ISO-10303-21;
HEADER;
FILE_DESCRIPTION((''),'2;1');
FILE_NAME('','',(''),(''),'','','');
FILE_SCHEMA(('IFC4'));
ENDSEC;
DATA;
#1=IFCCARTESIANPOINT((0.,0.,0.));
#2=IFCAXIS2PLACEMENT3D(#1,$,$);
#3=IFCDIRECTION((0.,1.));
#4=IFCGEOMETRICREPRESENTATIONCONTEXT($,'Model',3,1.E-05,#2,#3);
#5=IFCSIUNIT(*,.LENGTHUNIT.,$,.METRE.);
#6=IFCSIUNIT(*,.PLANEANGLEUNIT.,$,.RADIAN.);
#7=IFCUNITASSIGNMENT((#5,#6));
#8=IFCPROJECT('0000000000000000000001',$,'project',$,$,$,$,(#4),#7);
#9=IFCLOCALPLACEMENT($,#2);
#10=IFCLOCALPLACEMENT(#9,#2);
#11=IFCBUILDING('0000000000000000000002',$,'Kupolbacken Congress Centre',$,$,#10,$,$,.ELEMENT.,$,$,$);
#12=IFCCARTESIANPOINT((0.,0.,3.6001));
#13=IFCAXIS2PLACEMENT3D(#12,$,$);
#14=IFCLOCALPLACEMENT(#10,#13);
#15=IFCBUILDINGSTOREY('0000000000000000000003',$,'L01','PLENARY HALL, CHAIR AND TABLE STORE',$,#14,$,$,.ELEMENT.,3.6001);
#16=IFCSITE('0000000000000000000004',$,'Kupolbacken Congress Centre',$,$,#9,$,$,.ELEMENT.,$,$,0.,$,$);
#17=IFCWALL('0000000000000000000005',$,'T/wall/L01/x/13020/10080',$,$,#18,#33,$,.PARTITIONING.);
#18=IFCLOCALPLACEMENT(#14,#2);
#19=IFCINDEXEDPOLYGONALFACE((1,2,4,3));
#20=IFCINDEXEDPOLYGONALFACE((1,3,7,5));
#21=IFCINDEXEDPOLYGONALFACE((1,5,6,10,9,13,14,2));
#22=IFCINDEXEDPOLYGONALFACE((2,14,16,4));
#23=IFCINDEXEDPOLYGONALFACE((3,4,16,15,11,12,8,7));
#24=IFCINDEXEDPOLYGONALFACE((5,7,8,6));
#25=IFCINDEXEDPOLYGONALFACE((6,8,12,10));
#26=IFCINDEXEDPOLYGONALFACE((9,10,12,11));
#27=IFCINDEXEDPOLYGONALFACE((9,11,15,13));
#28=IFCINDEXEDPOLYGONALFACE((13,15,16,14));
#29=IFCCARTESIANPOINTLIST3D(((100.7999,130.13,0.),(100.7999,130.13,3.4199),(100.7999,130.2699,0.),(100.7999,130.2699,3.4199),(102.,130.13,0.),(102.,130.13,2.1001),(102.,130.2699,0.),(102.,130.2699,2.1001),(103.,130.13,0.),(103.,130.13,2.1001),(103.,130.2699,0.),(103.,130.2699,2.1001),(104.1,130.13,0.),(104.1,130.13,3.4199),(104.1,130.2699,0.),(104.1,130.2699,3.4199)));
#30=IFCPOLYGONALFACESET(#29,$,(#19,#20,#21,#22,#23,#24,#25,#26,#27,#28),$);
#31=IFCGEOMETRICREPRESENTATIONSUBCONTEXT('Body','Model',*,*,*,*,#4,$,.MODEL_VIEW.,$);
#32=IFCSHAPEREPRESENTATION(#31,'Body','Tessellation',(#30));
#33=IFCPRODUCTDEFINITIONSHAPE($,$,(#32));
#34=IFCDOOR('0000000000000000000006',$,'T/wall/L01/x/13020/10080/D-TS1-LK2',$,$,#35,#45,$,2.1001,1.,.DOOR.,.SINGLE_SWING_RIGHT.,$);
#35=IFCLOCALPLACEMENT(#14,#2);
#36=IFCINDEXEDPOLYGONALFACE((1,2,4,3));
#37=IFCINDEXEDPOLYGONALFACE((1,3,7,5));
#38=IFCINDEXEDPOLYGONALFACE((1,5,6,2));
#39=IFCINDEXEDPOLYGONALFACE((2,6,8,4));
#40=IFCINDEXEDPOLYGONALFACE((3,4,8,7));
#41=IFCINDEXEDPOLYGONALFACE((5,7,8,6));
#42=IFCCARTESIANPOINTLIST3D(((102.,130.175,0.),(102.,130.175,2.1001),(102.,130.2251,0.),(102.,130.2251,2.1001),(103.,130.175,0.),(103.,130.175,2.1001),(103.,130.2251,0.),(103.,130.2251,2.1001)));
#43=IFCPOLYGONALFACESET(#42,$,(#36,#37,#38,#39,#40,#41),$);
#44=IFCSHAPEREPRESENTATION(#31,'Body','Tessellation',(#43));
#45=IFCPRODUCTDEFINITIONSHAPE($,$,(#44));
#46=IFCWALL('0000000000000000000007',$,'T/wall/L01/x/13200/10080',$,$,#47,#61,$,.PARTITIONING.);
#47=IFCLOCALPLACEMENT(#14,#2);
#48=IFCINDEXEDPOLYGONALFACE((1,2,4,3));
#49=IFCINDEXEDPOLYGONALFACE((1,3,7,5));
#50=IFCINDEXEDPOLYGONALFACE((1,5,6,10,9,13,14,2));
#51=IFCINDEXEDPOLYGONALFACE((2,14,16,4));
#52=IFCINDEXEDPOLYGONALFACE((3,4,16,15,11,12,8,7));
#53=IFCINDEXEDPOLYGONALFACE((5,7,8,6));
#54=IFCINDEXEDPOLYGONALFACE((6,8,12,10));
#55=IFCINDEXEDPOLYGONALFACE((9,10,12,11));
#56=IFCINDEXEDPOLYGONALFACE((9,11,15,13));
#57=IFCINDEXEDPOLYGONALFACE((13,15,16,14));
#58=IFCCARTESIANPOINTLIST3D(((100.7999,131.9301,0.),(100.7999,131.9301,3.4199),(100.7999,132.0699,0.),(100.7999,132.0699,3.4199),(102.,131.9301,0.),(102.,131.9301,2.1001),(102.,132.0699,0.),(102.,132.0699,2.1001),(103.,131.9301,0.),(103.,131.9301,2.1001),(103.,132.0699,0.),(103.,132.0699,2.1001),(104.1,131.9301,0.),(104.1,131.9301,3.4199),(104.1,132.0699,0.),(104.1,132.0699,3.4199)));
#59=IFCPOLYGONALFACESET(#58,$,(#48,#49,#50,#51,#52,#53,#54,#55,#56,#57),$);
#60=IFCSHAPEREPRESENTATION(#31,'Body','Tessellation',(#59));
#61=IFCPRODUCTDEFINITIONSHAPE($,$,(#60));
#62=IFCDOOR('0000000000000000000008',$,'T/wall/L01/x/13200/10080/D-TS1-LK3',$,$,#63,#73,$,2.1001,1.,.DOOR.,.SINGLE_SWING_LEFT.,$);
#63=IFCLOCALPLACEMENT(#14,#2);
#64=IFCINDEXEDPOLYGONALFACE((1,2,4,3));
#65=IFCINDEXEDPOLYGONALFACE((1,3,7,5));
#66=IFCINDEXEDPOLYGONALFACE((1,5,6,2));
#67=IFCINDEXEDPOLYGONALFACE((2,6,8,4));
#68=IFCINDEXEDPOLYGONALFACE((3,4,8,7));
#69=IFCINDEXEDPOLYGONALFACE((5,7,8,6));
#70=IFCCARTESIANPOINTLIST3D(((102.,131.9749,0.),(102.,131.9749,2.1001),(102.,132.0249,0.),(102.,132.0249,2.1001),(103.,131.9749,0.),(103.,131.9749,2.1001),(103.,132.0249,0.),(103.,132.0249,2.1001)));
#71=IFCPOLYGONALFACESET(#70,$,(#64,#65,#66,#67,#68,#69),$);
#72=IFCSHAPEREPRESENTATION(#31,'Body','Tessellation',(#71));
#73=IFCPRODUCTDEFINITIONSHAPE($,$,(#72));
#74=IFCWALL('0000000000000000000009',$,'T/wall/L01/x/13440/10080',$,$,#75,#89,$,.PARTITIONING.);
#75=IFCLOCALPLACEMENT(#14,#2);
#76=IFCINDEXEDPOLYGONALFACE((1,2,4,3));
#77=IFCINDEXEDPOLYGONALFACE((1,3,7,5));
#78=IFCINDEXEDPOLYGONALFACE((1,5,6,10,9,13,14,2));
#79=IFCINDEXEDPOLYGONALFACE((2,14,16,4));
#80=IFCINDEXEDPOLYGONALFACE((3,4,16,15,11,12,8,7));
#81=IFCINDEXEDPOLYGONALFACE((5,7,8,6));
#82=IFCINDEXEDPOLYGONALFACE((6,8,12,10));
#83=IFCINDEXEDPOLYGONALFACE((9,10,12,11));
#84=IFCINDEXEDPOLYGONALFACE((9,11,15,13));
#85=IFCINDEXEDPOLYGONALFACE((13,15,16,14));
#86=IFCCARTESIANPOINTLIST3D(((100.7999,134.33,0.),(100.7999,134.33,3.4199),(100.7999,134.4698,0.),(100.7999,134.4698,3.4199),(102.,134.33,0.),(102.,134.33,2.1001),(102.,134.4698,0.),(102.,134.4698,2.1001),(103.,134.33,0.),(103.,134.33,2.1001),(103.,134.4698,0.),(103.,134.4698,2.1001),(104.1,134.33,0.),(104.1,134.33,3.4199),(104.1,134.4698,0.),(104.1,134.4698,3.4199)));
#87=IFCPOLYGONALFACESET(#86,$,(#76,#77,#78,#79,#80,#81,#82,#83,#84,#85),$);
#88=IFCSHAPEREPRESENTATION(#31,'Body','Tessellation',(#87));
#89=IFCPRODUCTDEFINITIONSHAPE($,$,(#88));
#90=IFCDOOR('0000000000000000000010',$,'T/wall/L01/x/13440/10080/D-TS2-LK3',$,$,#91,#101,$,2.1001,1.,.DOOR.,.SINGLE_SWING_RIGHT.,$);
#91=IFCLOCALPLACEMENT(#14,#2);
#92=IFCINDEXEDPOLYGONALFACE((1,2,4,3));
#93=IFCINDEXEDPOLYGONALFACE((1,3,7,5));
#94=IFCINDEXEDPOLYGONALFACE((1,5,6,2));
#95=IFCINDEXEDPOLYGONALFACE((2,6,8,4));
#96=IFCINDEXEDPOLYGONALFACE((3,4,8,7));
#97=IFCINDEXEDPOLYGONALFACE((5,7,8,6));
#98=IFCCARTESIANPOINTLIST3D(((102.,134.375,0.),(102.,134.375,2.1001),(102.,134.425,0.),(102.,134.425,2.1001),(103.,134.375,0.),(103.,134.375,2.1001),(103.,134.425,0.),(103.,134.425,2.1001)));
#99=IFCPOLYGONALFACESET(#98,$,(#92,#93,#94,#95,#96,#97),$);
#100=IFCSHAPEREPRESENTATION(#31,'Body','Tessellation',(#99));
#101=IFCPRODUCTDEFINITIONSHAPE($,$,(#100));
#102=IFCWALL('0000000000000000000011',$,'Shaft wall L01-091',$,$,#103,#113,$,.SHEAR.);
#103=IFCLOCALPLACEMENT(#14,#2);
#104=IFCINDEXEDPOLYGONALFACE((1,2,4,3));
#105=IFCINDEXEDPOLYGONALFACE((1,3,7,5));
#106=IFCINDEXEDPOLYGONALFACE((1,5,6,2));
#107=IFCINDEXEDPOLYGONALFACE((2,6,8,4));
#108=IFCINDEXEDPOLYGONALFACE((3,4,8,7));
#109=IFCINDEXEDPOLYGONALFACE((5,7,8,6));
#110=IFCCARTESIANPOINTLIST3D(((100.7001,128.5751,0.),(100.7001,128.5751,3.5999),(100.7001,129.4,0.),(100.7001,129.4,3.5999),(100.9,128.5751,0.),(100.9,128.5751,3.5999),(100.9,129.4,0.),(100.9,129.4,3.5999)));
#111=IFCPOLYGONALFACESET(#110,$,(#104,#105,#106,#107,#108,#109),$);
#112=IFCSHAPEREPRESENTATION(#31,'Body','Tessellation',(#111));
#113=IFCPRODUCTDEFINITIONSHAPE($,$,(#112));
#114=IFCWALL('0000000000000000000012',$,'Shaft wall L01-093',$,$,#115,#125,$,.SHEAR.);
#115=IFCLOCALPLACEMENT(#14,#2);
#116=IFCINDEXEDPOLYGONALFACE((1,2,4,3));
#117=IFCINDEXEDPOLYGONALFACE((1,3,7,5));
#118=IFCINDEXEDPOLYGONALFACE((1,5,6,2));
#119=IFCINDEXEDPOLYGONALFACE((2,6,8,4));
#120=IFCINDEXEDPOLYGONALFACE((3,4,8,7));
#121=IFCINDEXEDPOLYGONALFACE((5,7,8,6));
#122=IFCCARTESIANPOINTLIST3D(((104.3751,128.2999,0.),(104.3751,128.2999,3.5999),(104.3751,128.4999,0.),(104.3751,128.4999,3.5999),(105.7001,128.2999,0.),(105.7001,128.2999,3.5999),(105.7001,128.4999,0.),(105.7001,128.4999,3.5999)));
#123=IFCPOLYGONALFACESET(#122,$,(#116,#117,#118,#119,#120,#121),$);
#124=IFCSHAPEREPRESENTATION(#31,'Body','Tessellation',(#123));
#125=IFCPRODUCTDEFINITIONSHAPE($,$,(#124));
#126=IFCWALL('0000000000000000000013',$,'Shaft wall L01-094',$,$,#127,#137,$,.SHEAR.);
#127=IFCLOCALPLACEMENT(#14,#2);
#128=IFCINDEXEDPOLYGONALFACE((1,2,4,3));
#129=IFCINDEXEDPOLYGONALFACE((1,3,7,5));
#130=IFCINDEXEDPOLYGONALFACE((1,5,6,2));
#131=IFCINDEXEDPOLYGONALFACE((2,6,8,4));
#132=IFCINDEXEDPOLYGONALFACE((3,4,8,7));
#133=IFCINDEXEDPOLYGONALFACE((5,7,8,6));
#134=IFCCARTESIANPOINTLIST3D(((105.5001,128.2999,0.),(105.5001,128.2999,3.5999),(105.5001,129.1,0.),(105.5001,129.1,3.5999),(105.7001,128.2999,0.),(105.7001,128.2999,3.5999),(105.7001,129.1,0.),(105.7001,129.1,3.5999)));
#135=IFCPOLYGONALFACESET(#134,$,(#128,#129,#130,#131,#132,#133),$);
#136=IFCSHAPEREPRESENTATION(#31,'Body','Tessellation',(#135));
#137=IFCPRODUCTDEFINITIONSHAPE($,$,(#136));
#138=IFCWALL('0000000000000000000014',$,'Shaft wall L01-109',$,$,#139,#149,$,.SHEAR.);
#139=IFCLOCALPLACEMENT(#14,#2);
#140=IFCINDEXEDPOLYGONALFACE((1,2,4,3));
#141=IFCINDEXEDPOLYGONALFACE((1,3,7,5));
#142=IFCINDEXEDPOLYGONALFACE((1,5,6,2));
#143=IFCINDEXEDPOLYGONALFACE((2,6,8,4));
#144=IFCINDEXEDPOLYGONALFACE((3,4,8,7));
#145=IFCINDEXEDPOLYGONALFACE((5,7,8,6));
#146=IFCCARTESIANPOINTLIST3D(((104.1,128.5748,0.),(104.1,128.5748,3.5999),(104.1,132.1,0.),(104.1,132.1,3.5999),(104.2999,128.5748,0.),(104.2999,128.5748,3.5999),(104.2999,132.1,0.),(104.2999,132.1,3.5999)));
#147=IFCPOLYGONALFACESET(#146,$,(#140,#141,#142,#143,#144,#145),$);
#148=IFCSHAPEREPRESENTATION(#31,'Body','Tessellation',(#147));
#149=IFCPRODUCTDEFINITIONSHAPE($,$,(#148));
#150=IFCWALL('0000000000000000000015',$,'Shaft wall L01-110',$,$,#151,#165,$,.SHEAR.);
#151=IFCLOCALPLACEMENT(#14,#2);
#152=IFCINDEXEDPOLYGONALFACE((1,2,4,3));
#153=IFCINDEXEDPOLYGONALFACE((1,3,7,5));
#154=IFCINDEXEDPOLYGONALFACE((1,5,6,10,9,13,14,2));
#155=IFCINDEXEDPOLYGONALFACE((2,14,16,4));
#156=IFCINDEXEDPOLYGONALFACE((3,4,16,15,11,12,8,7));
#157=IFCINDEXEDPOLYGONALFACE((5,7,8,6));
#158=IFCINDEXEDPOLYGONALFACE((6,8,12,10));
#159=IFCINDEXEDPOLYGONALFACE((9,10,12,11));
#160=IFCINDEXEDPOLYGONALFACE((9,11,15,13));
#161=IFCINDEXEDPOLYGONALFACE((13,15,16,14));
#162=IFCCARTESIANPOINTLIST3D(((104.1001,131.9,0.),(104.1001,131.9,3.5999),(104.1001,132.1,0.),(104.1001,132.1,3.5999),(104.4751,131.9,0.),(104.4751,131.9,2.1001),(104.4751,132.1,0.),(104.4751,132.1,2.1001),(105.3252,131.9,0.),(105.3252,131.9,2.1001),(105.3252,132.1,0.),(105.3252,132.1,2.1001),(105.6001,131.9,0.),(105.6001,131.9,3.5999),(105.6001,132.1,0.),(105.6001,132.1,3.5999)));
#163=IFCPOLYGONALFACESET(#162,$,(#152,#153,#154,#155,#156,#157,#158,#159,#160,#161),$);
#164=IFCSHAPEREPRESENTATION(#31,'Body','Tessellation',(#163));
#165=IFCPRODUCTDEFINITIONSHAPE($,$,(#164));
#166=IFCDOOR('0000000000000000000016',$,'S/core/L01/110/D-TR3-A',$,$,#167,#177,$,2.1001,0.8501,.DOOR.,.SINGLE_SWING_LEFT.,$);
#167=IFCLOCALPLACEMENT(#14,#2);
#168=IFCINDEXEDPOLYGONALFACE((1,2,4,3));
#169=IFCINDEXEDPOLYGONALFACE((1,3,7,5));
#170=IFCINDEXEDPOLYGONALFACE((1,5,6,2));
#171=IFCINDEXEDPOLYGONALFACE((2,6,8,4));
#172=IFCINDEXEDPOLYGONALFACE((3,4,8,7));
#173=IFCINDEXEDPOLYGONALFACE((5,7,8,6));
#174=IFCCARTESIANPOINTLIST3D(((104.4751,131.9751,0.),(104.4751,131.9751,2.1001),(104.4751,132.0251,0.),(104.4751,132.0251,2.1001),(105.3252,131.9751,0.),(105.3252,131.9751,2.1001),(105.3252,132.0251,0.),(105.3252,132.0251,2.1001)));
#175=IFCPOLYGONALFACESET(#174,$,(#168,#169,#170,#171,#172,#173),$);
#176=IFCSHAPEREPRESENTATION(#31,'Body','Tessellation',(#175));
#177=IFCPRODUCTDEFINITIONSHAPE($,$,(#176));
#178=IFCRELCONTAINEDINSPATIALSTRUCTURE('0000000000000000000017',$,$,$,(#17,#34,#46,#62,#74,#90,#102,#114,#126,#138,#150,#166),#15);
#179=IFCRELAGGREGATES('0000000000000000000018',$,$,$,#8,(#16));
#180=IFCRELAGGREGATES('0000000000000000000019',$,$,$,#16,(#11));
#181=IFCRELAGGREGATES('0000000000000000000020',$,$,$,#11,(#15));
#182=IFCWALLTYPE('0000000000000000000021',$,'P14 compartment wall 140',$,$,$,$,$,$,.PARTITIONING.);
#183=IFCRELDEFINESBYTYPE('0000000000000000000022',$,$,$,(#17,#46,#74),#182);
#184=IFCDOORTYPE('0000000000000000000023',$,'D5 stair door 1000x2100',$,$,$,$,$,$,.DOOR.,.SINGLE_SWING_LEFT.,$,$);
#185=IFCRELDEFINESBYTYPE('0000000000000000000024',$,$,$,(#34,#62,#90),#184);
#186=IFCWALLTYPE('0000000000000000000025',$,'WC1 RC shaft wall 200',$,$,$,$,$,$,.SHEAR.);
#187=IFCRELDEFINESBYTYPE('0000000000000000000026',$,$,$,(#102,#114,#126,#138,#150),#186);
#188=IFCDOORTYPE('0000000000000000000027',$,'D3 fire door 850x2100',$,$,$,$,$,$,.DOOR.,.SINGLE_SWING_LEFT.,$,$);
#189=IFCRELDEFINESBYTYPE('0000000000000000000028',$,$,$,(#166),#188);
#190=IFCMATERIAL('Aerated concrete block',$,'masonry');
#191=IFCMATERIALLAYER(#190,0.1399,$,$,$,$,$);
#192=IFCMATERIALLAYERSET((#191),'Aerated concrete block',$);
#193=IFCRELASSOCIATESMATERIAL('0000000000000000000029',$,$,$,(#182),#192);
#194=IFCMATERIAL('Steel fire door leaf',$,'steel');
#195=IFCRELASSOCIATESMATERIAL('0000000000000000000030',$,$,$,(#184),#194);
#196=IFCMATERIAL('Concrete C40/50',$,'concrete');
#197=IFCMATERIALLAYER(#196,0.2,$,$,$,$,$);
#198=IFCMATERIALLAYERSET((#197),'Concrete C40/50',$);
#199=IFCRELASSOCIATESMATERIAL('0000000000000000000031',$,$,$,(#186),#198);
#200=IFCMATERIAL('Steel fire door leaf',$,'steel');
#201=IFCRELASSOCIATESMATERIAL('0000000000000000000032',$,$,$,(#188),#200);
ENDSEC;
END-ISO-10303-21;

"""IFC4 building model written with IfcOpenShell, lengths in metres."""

from ifc_helpers import new_model, si_unit, direction, frame, frame_2d, origin, place, context, subcontext, project, spatial, rectangle, extrude, material, layer, layer_set, type_object, element, fill, save


model = new_model("IFC4")

# Units and contexts
model_context = context("Model", 3, precision=1e-05, world=origin(), true_north=direction((0.0, 1.0)))
body_context = subcontext(model_context, "Body", "Model", "MODEL_VIEW")
ifc_project = project(units=[si_unit("LENGTHUNIT", "METRE"), si_unit("PLANEANGLEUNIT", "RADIAN")], contexts=[model_context])

# Site, building, storey
site_placement = place(None, origin())
site = spatial("IfcSite", under=ifc_project, at=site_placement, Name="Kupolbacken Congress Centre", CompositionType="ELEMENT", RefElevation=0.0)
building_placement = place(site_placement, origin())
building = spatial("IfcBuilding", under=site, at=building_placement, Name="Kupolbacken Congress Centre", CompositionType="ELEMENT")
storey_placement = place(building_placement, frame((0.0, 0.0, 3.6001)))
storey = spatial("IfcBuildingStorey", under=building, at=storey_placement, Name="L01", Description="PLENARY HALL, CHAIR AND TABLE STORE", CompositionType="ELEMENT", Elevation=3.6001)

# Walls, openings, doors
ifc_material_1 = material(Name="Aerated concrete block", Category="masonry")
ifc_layer_1 = layer(ifc_material_1, 0.1399)
ifc_layer_set_1 = layer_set([ifc_layer_1], Name="Aerated concrete block")
wall_type_1 = type_object("IfcWallType", Name="P14 compartment wall 140", PredefinedType="PARTITIONING", material=ifc_layer_set_1)
wall_1_placement = place(storey_placement, frame((100.8, 130.2, 0.0), z_axis=(0.0, 0.0, 1.0), x_axis=(1.0, 0.0, 0.0)))
wall_1 = element("IfcWall", 1, at=wall_1_placement, inside=storey, type_object=wall_type_1, Name="T/wall/L01/x/13020/10080", PredefinedType="PARTITIONING", context=body_context, shape_type="SweptSolid", body=[
    extrude(rectangle(XDim=3.3, YDim=0.1399, at=frame_2d((1.6499, 0.0))), origin(), (0.0, 0.0, 1.0), 3.4199),
])
opening_1_placement = place(wall_1_placement, frame((1.2, 0.0, 0.0)))
opening_1 = element("IfcOpeningElement", 2, at=opening_1_placement, cuts=wall_1, PredefinedType="OPENING", context=body_context, shape_type="SweptSolid", body=[
    extrude(rectangle(XDim=1.0, YDim=2.1001, at=frame_2d((0.5, 1.05))), frame((0.0, 0.0798, 0.0), z_axis=(0.0, -1.0, 0.0), x_axis=(1.0, 0.0, 0.0)), (0.0, 0.0, 1.0), 0.1599),
])
ifc_material_2 = material(Name="Steel fire door leaf", Category="steel")
door_type_1 = type_object("IfcDoorType", Name="D5 stair door 1000x2100", OperationType="SINGLE_SWING_LEFT", PredefinedType="DOOR", material=ifc_material_2)
door_1_placement = place(opening_1_placement, frame((1.0, 0.0, 0.0), z_axis=(0.0, 0.0, 1.0), x_axis=(-1.0, 0.0, 0.0)))
door_1 = element("IfcDoor", 3, at=door_1_placement, inside=storey, type_object=door_type_1, Name="T/wall/L01/x/13020/10080/D-TS1-LK2", OperationType="SINGLE_SWING_RIGHT", OverallHeight=2.1001, OverallWidth=1.0, PredefinedType="DOOR", context=body_context, shape_type="SweptSolid", body=[
    extrude(rectangle(XDim=1.0, YDim=2.1001, at=frame_2d((0.5, 1.05))), frame((0.0, 0.0249, 0.0), z_axis=(0.0, -1.0, 0.0), x_axis=(1.0, 0.0, 0.0)), (0.0, 0.0, 1.0), 0.05),
])
fill(opening_1, door_1)
wall_2_placement = place(storey_placement, frame((100.8, 132.0, 0.0), z_axis=(0.0, 0.0, 1.0), x_axis=(1.0, 0.0, 0.0)))
wall_2 = element("IfcWall", 4, at=wall_2_placement, inside=storey, type_object=wall_type_1, Name="T/wall/L01/x/13200/10080", PredefinedType="PARTITIONING", context=body_context, shape_type="SweptSolid", body=[
    extrude(rectangle(XDim=3.3, YDim=0.1399, at=frame_2d((1.6499, 0.0))), origin(), (0.0, 0.0, 1.0), 3.4199),
])
opening_2_placement = place(wall_2_placement, frame((1.2, 0.0, 0.0)))
opening_2 = element("IfcOpeningElement", 5, at=opening_2_placement, cuts=wall_2, PredefinedType="OPENING", context=body_context, shape_type="SweptSolid", body=[
    extrude(rectangle(XDim=1.0, YDim=2.1001, at=frame_2d((0.5, 1.05))), frame((0.0, 0.0798, 0.0), z_axis=(0.0, -1.0, 0.0), x_axis=(1.0, 0.0, 0.0)), (0.0, 0.0, 1.0), 0.1599),
])
door_2_placement = place(opening_2_placement, origin())
door_2 = element("IfcDoor", 6, at=door_2_placement, inside=storey, type_object=door_type_1, Name="T/wall/L01/x/13200/10080/D-TS1-LK3", OperationType="SINGLE_SWING_LEFT", OverallHeight=2.1001, OverallWidth=1.0, PredefinedType="DOOR", context=body_context, shape_type="SweptSolid", body=[
    extrude(rectangle(XDim=1.0, YDim=2.1001, at=frame_2d((0.5, 1.05))), frame((0.0, 0.0249, 0.0), z_axis=(0.0, -1.0, 0.0), x_axis=(1.0, 0.0, 0.0)), (0.0, 0.0, 1.0), 0.05),
])
fill(opening_2, door_2)
wall_3_placement = place(storey_placement, frame((100.8, 134.3999, 0.0), z_axis=(0.0, 0.0, 1.0), x_axis=(1.0, 0.0, 0.0)))
wall_3 = element("IfcWall", 7, at=wall_3_placement, inside=storey, type_object=wall_type_1, Name="T/wall/L01/x/13440/10080", PredefinedType="PARTITIONING", context=body_context, shape_type="SweptSolid", body=[
    extrude(rectangle(XDim=3.3, YDim=0.1399, at=frame_2d((1.6499, 0.0))), origin(), (0.0, 0.0, 1.0), 3.4199),
])
opening_3_placement = place(wall_3_placement, frame((1.2, 0.0, 0.0)))
opening_3 = element("IfcOpeningElement", 8, at=opening_3_placement, cuts=wall_3, PredefinedType="OPENING", context=body_context, shape_type="SweptSolid", body=[
    extrude(rectangle(XDim=1.0, YDim=2.1001, at=frame_2d((0.5, 1.05))), frame((0.0, 0.0798, 0.0), z_axis=(0.0, -1.0, 0.0), x_axis=(1.0, 0.0, 0.0)), (0.0, 0.0, 1.0), 0.1599),
])
door_3_placement = place(opening_3_placement, frame((1.0, 0.0, 0.0), z_axis=(0.0, 0.0, 1.0), x_axis=(-1.0, 0.0, 0.0)))
door_3 = element("IfcDoor", 9, at=door_3_placement, inside=storey, type_object=door_type_1, Name="T/wall/L01/x/13440/10080/D-TS2-LK3", OperationType="SINGLE_SWING_RIGHT", OverallHeight=2.1001, OverallWidth=1.0, PredefinedType="DOOR", context=body_context, shape_type="SweptSolid", body=[
    extrude(rectangle(XDim=1.0, YDim=2.1001, at=frame_2d((0.5, 1.05))), frame((0.0, 0.0249, 0.0), z_axis=(0.0, -1.0, 0.0), x_axis=(1.0, 0.0, 0.0)), (0.0, 0.0, 1.0), 0.05),
])
fill(opening_3, door_3)

# Walls
ifc_material_3 = material(Name="Concrete C40/50", Category="concrete")
ifc_layer_2 = layer(ifc_material_3, 0.2)
ifc_layer_set_2 = layer_set([ifc_layer_2], Name="Concrete C40/50")
wall_type_2 = type_object("IfcWallType", Name="WC1 RC shaft wall 200", PredefinedType="SHEAR", material=ifc_layer_set_2)
wall_4_placement = place(storey_placement, frame((100.8, 128.575, 0.0), z_axis=(0.0, 0.0, 1.0), x_axis=(0.0, 1.0, 0.0)))
element("IfcWall", 10, at=wall_4_placement, inside=storey, type_object=wall_type_2, Name="Shaft wall L01-091", PredefinedType="SHEAR", context=body_context, shape_type="SweptSolid", body=[
    extrude(rectangle(XDim=0.825, YDim=0.2, at=frame_2d((0.4126, 0.0))), origin(), (0.0, 0.0, 1.0), 3.5999),
])
wall_5_placement = place(storey_placement, frame((104.375, 128.3999, 0.0), z_axis=(0.0, 0.0, 1.0), x_axis=(1.0, 0.0, 0.0)))
element("IfcWall", 11, at=wall_5_placement, inside=storey, type_object=wall_type_2, Name="Shaft wall L01-093", PredefinedType="SHEAR", context=body_context, shape_type="SweptSolid", body=[
    extrude(rectangle(XDim=1.325, YDim=0.2, at=frame_2d((0.6626, 0.0))), origin(), (0.0, 0.0, 1.0), 3.5999),
])
wall_6_placement = place(storey_placement, frame((105.6001, 128.3, 0.0), z_axis=(0.0, 0.0, 1.0), x_axis=(0.0, 1.0, 0.0)))
element("IfcWall", 12, at=wall_6_placement, inside=storey, type_object=wall_type_2, Name="Shaft wall L01-094", PredefinedType="SHEAR", context=body_context, shape_type="SweptSolid", body=[
    extrude(rectangle(XDim=0.8, YDim=0.2, at=frame_2d((0.3999, 0.0))), origin(), (0.0, 0.0, 1.0), 3.5999),
])
wall_7_placement = place(storey_placement, frame((104.2, 132.1001, 0.0), z_axis=(0.0, 0.0, 1.0), x_axis=(0.0, -1.0, 0.0)))
element("IfcWall", 13, at=wall_7_placement, inside=storey, type_object=wall_type_2, Name="Shaft wall L01-109", PredefinedType="SHEAR", context=body_context, shape_type="SweptSolid", body=[
    extrude(rectangle(XDim=3.5251, YDim=0.2, at=frame_2d((1.7627, 0.0))), origin(), (0.0, 0.0, 1.0), 3.5999),
])

# Wall, opening, door
wall_8_placement = place(storey_placement, frame((105.6001, 132.0, 0.0), z_axis=(0.0, 0.0, 1.0), x_axis=(-1.0, 0.0, 0.0)))
wall_8 = element("IfcWall", 14, at=wall_8_placement, inside=storey, type_object=wall_type_2, Name="Shaft wall L01-110", PredefinedType="SHEAR", context=body_context, shape_type="SweptSolid", body=[
    extrude(rectangle(XDim=1.5, YDim=0.2, at=frame_2d((0.75, 0.0))), origin(), (0.0, 0.0, 1.0), 3.5999),
])
opening_4_placement = place(wall_8_placement, frame((0.2749, 0.0, 0.0)))
opening_4 = element("IfcOpeningElement", 15, at=opening_4_placement, cuts=wall_8, PredefinedType="OPENING", context=body_context, shape_type="SweptSolid", body=[
    extrude(rectangle(XDim=0.8501, YDim=2.1001, at=frame_2d((0.425, 1.05))), frame((0.0, 0.1099, 0.0), z_axis=(0.0, -1.0, 0.0), x_axis=(1.0, 0.0, 0.0)), (0.0, 0.0, 1.0), 0.22),
])
ifc_material_4 = material(Name="Steel fire door leaf", Category="steel")
door_type_2 = type_object("IfcDoorType", Name="D3 fire door 850x2100", OperationType="SINGLE_SWING_LEFT", PredefinedType="DOOR", material=ifc_material_4)
door_4_placement = place(opening_4_placement, origin())
door_4 = element("IfcDoor", 16, at=door_4_placement, inside=storey, type_object=door_type_2, Name="S/core/L01/110/D-TR3-A", OperationType="SINGLE_SWING_LEFT", OverallHeight=2.1001, OverallWidth=0.8501, PredefinedType="DOOR", context=body_context, shape_type="SweptSolid", body=[
    extrude(rectangle(XDim=0.8501, YDim=2.1001, at=frame_2d((0.425, 1.05))), frame((0.0, 0.0249, 0.0), z_axis=(0.0, -1.0, 0.0), x_axis=(1.0, 0.0, 0.0)), (0.0, 0.0, 1.0), 0.05),
])
fill(opening_4, door_4)

save(model, "model.ifc")
